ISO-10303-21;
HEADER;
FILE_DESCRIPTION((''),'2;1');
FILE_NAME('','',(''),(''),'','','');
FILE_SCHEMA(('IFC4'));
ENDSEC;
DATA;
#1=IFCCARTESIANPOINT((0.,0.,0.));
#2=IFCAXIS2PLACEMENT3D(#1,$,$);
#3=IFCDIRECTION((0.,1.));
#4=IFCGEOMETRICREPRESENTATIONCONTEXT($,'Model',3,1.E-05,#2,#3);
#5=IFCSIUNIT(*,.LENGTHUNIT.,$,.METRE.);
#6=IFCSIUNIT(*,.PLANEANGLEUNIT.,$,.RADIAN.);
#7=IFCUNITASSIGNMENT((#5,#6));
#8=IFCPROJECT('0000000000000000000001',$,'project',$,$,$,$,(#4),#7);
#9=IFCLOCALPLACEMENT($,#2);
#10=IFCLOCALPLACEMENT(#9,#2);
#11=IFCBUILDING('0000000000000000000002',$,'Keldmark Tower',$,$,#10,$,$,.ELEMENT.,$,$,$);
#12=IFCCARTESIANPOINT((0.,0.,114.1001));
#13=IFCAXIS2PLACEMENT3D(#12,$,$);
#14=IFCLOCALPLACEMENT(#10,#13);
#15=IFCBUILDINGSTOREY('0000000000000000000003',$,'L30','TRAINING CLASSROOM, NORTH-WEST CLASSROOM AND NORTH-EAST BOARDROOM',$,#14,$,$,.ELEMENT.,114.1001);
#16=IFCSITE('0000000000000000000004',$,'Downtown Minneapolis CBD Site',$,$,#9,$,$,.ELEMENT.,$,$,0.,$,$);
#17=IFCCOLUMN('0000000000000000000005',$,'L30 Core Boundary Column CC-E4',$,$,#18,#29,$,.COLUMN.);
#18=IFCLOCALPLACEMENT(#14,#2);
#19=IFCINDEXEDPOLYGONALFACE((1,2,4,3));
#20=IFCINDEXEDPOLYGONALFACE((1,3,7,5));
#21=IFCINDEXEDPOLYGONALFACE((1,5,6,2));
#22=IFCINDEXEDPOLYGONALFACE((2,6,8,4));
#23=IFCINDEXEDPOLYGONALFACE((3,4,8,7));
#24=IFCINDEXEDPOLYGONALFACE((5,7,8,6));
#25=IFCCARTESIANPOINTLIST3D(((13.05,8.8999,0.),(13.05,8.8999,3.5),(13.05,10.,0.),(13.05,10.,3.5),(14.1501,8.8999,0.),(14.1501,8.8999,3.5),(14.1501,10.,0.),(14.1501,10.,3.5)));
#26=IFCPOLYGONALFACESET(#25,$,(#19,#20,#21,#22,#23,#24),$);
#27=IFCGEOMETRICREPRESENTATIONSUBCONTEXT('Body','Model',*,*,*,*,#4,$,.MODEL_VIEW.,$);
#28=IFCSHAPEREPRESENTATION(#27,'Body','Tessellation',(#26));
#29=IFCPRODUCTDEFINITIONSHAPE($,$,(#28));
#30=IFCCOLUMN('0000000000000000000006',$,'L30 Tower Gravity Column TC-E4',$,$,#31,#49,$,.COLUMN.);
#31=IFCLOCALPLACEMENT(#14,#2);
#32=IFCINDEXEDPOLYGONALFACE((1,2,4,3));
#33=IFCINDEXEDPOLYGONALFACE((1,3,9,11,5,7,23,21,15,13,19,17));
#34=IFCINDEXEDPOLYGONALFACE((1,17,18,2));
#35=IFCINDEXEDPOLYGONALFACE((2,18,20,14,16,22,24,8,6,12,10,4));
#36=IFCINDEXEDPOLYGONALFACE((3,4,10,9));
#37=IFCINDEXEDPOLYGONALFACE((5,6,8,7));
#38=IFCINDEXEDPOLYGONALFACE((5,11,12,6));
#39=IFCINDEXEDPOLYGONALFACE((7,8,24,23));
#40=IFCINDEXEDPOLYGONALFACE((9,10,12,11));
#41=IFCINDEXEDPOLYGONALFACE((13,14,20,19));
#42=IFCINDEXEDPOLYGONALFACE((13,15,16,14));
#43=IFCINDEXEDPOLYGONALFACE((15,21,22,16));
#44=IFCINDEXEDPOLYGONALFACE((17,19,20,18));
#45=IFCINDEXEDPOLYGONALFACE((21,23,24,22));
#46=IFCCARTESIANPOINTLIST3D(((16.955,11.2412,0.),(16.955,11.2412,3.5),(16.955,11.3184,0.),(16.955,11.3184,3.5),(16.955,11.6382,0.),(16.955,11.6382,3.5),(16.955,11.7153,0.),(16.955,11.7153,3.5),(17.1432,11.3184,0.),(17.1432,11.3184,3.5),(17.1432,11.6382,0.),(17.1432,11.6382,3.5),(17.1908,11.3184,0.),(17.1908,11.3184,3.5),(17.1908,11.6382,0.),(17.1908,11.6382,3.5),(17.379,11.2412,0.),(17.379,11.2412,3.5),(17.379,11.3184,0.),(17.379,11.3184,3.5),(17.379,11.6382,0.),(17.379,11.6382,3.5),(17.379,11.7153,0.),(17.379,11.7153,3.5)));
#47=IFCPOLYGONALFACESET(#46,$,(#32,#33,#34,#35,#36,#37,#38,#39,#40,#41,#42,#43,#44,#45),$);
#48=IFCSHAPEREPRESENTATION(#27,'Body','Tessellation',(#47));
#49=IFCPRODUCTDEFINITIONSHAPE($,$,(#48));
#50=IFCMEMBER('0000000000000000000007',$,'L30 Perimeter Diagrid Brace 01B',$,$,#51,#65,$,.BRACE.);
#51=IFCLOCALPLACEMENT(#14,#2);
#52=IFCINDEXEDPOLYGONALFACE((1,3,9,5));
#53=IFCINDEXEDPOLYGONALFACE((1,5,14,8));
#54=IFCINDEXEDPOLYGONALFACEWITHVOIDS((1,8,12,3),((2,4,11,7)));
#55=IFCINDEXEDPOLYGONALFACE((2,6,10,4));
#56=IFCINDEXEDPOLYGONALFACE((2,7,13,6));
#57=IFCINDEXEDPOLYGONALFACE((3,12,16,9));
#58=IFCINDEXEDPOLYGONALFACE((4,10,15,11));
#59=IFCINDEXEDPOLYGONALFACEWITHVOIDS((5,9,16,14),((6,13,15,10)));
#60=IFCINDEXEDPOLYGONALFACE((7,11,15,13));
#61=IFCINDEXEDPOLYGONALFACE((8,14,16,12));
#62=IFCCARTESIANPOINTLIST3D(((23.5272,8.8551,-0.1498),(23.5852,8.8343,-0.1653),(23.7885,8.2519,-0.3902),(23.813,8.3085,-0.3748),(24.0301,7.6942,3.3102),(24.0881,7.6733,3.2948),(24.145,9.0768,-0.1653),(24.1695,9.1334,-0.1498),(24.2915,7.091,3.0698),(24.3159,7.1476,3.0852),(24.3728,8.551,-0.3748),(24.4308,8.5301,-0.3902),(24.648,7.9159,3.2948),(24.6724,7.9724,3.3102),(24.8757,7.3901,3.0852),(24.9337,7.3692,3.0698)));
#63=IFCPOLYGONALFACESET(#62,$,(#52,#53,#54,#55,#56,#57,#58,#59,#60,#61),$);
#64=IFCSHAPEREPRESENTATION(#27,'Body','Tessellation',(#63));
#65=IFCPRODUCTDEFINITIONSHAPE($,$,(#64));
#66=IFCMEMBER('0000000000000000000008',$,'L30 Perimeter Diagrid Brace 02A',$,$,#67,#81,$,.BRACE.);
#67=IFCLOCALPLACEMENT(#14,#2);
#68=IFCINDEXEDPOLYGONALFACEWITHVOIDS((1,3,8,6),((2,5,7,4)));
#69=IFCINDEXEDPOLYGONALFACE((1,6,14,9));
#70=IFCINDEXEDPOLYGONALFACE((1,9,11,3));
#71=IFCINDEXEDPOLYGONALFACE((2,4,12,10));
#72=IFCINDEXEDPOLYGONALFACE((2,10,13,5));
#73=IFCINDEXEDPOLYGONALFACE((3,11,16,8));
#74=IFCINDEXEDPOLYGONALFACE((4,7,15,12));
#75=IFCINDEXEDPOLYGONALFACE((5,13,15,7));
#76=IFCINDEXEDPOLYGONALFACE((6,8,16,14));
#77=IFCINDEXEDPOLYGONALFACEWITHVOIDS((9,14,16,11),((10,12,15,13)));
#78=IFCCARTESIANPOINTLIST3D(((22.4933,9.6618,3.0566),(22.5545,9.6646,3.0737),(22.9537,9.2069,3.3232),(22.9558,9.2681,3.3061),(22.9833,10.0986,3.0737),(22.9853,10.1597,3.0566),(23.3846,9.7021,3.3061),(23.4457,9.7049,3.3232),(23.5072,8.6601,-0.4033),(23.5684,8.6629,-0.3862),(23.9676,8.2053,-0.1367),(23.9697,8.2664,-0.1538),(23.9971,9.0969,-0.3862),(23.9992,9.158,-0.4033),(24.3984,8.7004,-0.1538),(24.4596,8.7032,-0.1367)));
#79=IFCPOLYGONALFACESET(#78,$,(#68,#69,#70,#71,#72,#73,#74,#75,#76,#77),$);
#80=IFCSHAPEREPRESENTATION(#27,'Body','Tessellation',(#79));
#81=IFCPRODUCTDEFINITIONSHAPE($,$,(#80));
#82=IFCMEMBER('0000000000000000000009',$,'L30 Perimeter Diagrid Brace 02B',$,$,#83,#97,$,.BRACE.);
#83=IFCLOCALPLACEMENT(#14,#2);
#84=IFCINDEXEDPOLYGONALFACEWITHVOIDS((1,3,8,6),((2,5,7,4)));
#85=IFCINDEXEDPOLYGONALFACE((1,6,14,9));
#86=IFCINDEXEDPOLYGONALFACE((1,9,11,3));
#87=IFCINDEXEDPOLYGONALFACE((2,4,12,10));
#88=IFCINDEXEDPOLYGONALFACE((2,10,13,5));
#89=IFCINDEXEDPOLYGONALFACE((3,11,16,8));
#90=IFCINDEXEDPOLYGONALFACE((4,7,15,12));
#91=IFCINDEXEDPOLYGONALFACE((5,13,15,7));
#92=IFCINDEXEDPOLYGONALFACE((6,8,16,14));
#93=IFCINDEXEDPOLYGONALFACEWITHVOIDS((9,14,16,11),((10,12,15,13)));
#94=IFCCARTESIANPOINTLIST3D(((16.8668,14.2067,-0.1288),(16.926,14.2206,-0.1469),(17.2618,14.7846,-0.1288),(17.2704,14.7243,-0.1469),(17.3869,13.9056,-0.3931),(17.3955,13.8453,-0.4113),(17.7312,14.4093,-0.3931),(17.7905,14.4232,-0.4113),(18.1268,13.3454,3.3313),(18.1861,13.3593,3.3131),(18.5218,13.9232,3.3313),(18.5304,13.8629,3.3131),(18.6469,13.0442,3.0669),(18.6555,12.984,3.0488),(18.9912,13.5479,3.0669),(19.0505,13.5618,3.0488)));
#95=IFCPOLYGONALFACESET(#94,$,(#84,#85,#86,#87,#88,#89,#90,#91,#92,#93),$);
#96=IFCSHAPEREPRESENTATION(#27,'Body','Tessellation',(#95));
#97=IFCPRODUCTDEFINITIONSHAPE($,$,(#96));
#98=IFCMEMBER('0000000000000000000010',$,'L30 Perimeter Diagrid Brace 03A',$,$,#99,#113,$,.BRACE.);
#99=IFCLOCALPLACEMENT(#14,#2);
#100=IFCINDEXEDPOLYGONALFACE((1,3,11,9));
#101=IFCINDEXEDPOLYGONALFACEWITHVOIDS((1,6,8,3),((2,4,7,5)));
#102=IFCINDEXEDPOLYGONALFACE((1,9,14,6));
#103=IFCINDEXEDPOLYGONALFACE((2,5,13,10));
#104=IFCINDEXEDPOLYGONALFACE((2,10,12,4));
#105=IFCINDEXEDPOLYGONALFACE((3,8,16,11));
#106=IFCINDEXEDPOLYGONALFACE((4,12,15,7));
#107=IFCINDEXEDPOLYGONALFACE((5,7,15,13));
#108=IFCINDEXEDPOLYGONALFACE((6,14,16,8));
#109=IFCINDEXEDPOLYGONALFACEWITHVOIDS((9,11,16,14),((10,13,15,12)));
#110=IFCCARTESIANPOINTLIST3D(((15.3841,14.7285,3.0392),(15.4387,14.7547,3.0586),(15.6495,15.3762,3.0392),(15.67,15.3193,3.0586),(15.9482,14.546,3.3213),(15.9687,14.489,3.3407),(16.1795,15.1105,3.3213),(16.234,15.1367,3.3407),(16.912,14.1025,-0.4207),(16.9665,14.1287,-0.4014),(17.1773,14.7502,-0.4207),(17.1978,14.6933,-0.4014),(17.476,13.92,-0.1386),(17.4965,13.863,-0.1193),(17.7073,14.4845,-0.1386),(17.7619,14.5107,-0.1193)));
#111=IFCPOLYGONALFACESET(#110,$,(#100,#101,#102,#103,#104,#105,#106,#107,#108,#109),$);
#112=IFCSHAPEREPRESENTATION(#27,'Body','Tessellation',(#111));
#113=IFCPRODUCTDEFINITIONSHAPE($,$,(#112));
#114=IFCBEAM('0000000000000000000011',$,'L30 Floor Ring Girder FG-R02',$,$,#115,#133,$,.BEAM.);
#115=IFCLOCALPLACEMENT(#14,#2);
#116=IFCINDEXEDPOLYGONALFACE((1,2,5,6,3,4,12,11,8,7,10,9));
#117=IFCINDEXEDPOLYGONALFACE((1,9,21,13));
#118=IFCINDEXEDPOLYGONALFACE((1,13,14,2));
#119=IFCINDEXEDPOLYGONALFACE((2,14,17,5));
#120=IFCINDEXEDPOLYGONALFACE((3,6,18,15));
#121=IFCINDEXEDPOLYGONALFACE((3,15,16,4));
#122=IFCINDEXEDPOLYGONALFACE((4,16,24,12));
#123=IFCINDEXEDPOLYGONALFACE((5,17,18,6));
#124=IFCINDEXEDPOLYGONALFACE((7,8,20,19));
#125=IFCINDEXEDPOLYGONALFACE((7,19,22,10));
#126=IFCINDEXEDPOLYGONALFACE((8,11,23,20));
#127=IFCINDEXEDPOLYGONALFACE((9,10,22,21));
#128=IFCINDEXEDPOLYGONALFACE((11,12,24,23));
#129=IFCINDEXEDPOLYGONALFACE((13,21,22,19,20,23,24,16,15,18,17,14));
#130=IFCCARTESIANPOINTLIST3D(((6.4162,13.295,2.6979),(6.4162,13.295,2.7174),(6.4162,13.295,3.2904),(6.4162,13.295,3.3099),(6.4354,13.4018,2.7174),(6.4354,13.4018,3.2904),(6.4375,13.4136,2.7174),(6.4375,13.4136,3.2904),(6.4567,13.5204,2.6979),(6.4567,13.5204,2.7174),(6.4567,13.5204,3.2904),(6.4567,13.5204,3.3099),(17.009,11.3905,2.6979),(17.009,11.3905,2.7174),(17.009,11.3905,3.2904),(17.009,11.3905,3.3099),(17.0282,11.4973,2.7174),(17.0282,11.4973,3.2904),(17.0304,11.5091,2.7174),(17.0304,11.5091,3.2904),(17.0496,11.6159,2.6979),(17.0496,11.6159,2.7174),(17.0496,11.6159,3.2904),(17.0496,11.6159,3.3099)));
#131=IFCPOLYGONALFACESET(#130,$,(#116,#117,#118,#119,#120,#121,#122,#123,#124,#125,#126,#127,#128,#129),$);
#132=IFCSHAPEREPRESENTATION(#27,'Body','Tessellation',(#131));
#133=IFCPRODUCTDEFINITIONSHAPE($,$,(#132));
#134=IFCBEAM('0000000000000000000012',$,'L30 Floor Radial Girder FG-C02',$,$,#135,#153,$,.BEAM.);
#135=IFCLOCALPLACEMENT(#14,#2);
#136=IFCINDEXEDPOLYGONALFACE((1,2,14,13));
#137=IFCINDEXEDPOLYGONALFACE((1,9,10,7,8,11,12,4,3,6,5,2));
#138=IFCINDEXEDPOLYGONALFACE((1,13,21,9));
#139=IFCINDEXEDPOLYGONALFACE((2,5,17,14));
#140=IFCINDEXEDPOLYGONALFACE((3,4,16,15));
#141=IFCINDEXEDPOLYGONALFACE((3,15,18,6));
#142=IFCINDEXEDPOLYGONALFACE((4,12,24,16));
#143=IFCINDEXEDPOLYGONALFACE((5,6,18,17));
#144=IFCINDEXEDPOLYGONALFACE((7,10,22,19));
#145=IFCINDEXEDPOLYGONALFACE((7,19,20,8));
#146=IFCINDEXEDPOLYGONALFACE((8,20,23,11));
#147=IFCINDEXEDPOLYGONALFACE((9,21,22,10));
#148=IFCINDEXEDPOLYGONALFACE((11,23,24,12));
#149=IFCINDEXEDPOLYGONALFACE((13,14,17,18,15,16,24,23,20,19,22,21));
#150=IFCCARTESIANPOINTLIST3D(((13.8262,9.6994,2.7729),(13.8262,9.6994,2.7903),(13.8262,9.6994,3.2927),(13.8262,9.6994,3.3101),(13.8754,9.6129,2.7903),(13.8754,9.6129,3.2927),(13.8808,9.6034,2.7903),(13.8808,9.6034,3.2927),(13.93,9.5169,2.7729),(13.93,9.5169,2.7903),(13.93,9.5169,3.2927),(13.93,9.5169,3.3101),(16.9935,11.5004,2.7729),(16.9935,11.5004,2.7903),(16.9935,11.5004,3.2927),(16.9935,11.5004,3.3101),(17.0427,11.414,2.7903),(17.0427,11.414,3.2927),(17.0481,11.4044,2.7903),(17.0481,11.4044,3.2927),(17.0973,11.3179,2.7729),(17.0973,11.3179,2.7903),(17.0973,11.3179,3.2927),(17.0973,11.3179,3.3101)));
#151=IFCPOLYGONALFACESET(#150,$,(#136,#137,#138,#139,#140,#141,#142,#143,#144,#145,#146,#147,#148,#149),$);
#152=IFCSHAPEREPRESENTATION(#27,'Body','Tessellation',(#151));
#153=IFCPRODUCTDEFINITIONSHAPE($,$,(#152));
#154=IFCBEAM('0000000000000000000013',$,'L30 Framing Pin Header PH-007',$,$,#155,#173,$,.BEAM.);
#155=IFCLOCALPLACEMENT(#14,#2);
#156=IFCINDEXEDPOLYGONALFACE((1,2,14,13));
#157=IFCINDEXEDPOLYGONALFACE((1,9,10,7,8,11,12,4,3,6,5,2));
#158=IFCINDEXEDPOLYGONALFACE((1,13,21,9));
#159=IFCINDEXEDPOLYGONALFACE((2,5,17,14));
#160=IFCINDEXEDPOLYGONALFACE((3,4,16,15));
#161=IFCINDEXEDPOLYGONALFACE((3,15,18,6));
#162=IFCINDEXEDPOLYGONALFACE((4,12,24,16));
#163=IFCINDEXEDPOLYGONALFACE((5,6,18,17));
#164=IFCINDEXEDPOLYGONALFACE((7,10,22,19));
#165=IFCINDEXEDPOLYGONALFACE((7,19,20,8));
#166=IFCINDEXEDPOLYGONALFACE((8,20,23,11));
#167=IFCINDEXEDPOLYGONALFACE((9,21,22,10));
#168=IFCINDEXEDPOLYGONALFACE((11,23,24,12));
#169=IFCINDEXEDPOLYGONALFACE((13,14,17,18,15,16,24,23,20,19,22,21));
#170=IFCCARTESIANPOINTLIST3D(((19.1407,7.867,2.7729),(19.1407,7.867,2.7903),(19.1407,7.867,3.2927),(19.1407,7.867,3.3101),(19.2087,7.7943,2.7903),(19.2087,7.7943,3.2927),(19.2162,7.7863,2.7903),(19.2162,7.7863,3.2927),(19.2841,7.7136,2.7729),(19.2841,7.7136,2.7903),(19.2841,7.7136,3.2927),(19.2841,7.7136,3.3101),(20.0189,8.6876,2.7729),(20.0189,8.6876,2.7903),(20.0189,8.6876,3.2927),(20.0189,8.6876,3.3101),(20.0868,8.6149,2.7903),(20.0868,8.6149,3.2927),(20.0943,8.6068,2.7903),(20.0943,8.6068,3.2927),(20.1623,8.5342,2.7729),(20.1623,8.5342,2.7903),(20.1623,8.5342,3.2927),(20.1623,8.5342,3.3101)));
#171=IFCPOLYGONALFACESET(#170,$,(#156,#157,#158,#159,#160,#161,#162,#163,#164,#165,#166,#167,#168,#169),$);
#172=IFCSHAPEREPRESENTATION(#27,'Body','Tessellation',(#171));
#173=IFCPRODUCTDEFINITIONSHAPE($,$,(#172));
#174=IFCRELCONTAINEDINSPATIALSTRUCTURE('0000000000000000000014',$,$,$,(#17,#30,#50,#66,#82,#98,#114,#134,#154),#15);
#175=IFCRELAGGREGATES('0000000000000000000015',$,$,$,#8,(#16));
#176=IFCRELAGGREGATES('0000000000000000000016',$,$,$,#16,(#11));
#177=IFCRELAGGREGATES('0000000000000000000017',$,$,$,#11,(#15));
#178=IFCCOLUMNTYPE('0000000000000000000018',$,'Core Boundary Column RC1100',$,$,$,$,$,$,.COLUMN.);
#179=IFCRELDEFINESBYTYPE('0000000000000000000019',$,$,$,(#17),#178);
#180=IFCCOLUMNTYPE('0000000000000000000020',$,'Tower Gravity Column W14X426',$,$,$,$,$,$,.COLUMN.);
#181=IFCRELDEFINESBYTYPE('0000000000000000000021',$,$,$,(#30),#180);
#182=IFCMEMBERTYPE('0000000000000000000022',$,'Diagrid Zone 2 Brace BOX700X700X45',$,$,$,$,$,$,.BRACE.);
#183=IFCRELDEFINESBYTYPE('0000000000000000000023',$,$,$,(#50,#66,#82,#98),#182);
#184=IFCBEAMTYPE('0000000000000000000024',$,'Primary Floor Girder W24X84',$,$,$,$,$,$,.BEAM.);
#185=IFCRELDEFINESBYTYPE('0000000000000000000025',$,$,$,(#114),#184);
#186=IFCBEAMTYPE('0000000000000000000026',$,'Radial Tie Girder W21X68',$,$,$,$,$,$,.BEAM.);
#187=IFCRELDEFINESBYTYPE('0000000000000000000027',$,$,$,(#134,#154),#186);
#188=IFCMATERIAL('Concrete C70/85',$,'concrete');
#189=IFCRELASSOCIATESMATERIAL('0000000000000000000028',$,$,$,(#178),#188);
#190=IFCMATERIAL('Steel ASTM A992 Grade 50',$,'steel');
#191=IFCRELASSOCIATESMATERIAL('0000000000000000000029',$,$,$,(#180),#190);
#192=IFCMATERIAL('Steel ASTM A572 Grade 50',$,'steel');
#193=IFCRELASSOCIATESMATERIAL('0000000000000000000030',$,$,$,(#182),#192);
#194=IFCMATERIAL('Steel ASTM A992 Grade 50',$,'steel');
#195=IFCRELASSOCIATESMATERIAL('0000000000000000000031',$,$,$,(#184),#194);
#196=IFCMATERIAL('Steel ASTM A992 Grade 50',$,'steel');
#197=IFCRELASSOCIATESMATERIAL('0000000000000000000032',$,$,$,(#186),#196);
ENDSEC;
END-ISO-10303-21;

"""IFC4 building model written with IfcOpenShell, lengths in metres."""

from ifc_helpers import new_model, si_unit, direction, frame, origin, origin_2d, place, context, subcontext, project, spatial, rectangle, hollow_rectangle, i_section, extrude, material, material_profile, profile_set, type_object, element, save


model = new_model("IFC4")

# Units and contexts
model_context = context("Model", 3, precision=1e-05, world=origin(), true_north=direction((0.0, 1.0)))
body_context = subcontext(model_context, "Body", "Model", "MODEL_VIEW")
ifc_project = project(units=[si_unit("LENGTHUNIT", "METRE"), si_unit("PLANEANGLEUNIT", "RADIAN")], contexts=[model_context])

# Site, building, storey
site_placement = place(None, origin())
site = spatial("IfcSite", under=ifc_project, at=site_placement, Name="Downtown Minneapolis CBD Site", CompositionType="ELEMENT", RefElevation=0.0)
building_placement = place(site_placement, origin())
building = spatial("IfcBuilding", under=site, at=building_placement, Name="Keldmark Tower", CompositionType="ELEMENT")
storey_placement = place(building_placement, frame((0.0, 0.0, 114.1001)))
storey = spatial("IfcBuildingStorey", under=building, at=storey_placement, Name="L30", Description="TRAINING CLASSROOM, NORTH-WEST CLASSROOM AND NORTH-EAST BOARDROOM", CompositionType="ELEMENT", Elevation=114.1001)

# Columns
ifc_material_1 = material(Name="Concrete C70/85", Category="concrete")
ifc_material_profile_1 = material_profile(ifc_material_1, rectangle(XDim=1.1001, YDim=1.1001, at=origin_2d()), Name="RC1100X1100")
ifc_profile_set_1 = profile_set([ifc_material_profile_1], Name="Concrete C70/85")
column_type_1 = type_object("IfcColumnType", Name="Core Boundary Column RC1100", PredefinedType="COLUMN", material=ifc_profile_set_1)
column_1_placement = place(storey_placement, frame((13.6001, 9.45, 0.0), z_axis=(0.0, 0.0, 1.0), x_axis=(1.0, 0.0, 0.0)))
element("IfcColumn", 1, at=column_1_placement, inside=storey, type_object=column_type_1, Name="L30 Core Boundary Column CC-E4", PredefinedType="COLUMN", context=body_context, shape_type="SweptSolid", body=[
    extrude(rectangle(XDim=1.1001, YDim=1.1001, at=origin_2d()), origin(), (0.0, 0.0, 1.0), 3.5),
])
ifc_material_2 = material(Name="Steel ASTM A992 Grade 50", Category="steel")
ifc_material_profile_2 = material_profile(ifc_material_2, i_section(OverallWidth=0.4241, OverallDepth=0.4741, WebThickness=0.0476, FlangeThickness=0.0771, at=origin_2d()), Name="W14X426")
ifc_profile_set_2 = profile_set([ifc_material_profile_2], Name="Steel ASTM A992 Grade 50")
column_type_2 = type_object("IfcColumnType", Name="Tower Gravity Column W14X426", PredefinedType="COLUMN", material=ifc_profile_set_2)
column_2_placement = place(storey_placement, frame((17.167, 11.4783, 0.0), z_axis=(0.0, 0.0, 1.0), x_axis=(1.0, 0.0, 0.0)))
element("IfcColumn", 2, at=column_2_placement, inside=storey, type_object=column_type_2, Name="L30 Tower Gravity Column TC-E4", PredefinedType="COLUMN", context=body_context, shape_type="SweptSolid", body=[
    extrude(i_section(OverallWidth=0.4241, OverallDepth=0.4741, WebThickness=0.0476, FlangeThickness=0.0771, at=origin_2d()), origin(), (0.0, 0.0, 1.0), 3.5),
])

# Members
ifc_material_3 = material(Name="Steel ASTM A572 Grade 50", Category="steel")
ifc_material_profile_3 = material_profile(ifc_material_3, hollow_rectangle(XDim=0.7, YDim=0.7, WallThickness=0.0449, at=origin_2d()), Name="BOX700X700X45")
ifc_profile_set_3 = profile_set([ifc_material_profile_3], Name="Steel ASTM A572 Grade 50")
member_type = type_object("IfcMemberType", Name="Diagrid Zone 2 Brace BOX700X700X45", PredefinedType="BRACE", material=ifc_profile_set_3)
member_1_placement = place(storey_placement, frame((23.979, 8.6926, -0.27), z_axis=(0.136517, -0.315115, 0.939183), x_axis=(0.917591, 0.397526, 0.0)))
element("IfcMember", 3, at=member_1_placement, inside=storey, type_object=member_type, Name="L30 Perimeter Diagrid Brace 01B", PredefinedType="BRACE", context=body_context, shape_type="SweptSolid", body=[
    extrude(hollow_rectangle(XDim=0.7, YDim=0.7, WallThickness=0.0449, at=origin_2d()), origin(), (0.0, 0.0, 1.0), 3.6841),
])
member_2_placement = place(storey_placement, frame((23.9834, 8.6816, -0.27), z_axis=(-0.270954, 0.267691, 0.924622), x_axis=(-0.702812, -0.711376, 0.0)))
element("IfcMember", 4, at=member_2_placement, inside=storey, type_object=member_type, Name="L30 Perimeter Diagrid Brace 02A", PredefinedType="BRACE", context=body_context, shape_type="SweptSolid", body=[
    extrude(hollow_rectangle(XDim=0.7, YDim=0.7, WallThickness=0.0449, at=origin_2d()), origin(), (0.0, 0.0, 1.0), 3.7419),
])
member_3_placement = place(storey_placement, frame((17.3286, 14.3149, -0.27), z_axis=(0.333191, -0.227765, 0.914935), x_axis=(0.564334, 0.825547, 0.0)))
element("IfcMember", 5, at=member_3_placement, inside=storey, type_object=member_type, Name="L30 Perimeter Diagrid Brace 02B", PredefinedType="BRACE", context=body_context, shape_type="SweptSolid", body=[
    extrude(hollow_rectangle(XDim=0.7, YDim=0.7, WallThickness=0.0449, at=origin_2d()), origin(), (0.0, 0.0, 1.0), 3.7817),
])
member_4_placement = place(storey_placement, frame((17.3369, 14.3066, -0.27), z_axis=(-0.398524, 0.163282, 0.902506), x_axis=(-0.379128, -0.925344, 0.0)))
element("IfcMember", 6, at=member_4_placement, inside=storey, type_object=member_type, Name="L30 Perimeter Diagrid Brace 03A", PredefinedType="BRACE", context=body_context, shape_type="SweptSolid", body=[
    extrude(hollow_rectangle(XDim=0.7, YDim=0.7, WallThickness=0.0449, at=origin_2d()), origin(), (0.0, 0.0, 1.0), 3.8337),
])

# Beams
ifc_material_4 = material(Name="Steel ASTM A992 Grade 50", Category="steel")
ifc_material_profile_4 = material_profile(ifc_material_4, i_section(OverallWidth=0.229, OverallDepth=0.6121, WebThickness=0.012, FlangeThickness=0.0195, at=origin_2d()), Name="W24X84")
ifc_profile_set_4 = profile_set([ifc_material_profile_4], Name="Steel ASTM A992 Grade 50")
beam_type_1 = type_object("IfcBeamType", Name="Primary Floor Girder W24X84", PredefinedType="BEAM", material=ifc_profile_set_4)
beam_1_placement = place(storey_placement, frame((17.0293, 11.5032, 3.0039), z_axis=(-0.984218, 0.176959, 0.0), x_axis=(-0.176959, -0.984218, 0.0)))
element("IfcBeam", 7, at=beam_1_placement, inside=storey, type_object=beam_type_1, Name="L30 Floor Ring Girder FG-R02", PredefinedType="BEAM", context=body_context, shape_type="SweptSolid", body=[
    extrude(i_section(OverallWidth=0.229, OverallDepth=0.6121, WebThickness=0.012, FlangeThickness=0.0195, at=origin_2d()), origin(), (0.0, 0.0, 1.0), 10.7627),
])
ifc_material_5 = material(Name="Steel ASTM A992 Grade 50", Category="steel")
ifc_material_profile_5 = material_profile(ifc_material_5, i_section(OverallWidth=0.21, OverallDepth=0.5371, WebThickness=0.011, FlangeThickness=0.0173, at=origin_2d()), Name="W21X68")
ifc_profile_set_5 = profile_set([ifc_material_profile_5], Name="Steel ASTM A992 Grade 50")
beam_type_2 = type_object("IfcBeamType", Name="Radial Tie Girder W21X68", PredefinedType="BEAM", material=ifc_profile_set_5)
beam_2_placement = place(storey_placement, frame((17.0454, 11.4092, 3.0415), z_axis=(-0.869284, -0.494312, 0.0), x_axis=(0.494312, -0.869284, 0.0)))
element("IfcBeam", 8, at=beam_2_placement, inside=storey, type_object=beam_type_2, Name="L30 Floor Radial Girder FG-C02", PredefinedType="BEAM", context=body_context, shape_type="SweptSolid", body=[
    extrude(i_section(OverallWidth=0.21, OverallDepth=0.5371, WebThickness=0.011, FlangeThickness=0.0173, at=origin_2d()), origin(), (0.0, 0.0, 1.0), 3.6436),
])
beam_3_placement = place(storey_placement, frame((19.2124, 7.7903, 3.0415), z_axis=(0.73067, 0.682731, 0.0), x_axis=(-0.682731, 0.73067, 0.0)))
element("IfcBeam", 9, at=beam_3_placement, inside=storey, type_object=beam_type_2, Name="L30 Framing Pin Header PH-007", PredefinedType="BEAM", context=body_context, shape_type="SweptSolid", body=[
    extrude(i_section(OverallWidth=0.21, OverallDepth=0.5371, WebThickness=0.011, FlangeThickness=0.0173, at=origin_2d()), origin(), (0.0, 0.0, 1.0), 1.2019),
])

save(model, "model.ifc")
